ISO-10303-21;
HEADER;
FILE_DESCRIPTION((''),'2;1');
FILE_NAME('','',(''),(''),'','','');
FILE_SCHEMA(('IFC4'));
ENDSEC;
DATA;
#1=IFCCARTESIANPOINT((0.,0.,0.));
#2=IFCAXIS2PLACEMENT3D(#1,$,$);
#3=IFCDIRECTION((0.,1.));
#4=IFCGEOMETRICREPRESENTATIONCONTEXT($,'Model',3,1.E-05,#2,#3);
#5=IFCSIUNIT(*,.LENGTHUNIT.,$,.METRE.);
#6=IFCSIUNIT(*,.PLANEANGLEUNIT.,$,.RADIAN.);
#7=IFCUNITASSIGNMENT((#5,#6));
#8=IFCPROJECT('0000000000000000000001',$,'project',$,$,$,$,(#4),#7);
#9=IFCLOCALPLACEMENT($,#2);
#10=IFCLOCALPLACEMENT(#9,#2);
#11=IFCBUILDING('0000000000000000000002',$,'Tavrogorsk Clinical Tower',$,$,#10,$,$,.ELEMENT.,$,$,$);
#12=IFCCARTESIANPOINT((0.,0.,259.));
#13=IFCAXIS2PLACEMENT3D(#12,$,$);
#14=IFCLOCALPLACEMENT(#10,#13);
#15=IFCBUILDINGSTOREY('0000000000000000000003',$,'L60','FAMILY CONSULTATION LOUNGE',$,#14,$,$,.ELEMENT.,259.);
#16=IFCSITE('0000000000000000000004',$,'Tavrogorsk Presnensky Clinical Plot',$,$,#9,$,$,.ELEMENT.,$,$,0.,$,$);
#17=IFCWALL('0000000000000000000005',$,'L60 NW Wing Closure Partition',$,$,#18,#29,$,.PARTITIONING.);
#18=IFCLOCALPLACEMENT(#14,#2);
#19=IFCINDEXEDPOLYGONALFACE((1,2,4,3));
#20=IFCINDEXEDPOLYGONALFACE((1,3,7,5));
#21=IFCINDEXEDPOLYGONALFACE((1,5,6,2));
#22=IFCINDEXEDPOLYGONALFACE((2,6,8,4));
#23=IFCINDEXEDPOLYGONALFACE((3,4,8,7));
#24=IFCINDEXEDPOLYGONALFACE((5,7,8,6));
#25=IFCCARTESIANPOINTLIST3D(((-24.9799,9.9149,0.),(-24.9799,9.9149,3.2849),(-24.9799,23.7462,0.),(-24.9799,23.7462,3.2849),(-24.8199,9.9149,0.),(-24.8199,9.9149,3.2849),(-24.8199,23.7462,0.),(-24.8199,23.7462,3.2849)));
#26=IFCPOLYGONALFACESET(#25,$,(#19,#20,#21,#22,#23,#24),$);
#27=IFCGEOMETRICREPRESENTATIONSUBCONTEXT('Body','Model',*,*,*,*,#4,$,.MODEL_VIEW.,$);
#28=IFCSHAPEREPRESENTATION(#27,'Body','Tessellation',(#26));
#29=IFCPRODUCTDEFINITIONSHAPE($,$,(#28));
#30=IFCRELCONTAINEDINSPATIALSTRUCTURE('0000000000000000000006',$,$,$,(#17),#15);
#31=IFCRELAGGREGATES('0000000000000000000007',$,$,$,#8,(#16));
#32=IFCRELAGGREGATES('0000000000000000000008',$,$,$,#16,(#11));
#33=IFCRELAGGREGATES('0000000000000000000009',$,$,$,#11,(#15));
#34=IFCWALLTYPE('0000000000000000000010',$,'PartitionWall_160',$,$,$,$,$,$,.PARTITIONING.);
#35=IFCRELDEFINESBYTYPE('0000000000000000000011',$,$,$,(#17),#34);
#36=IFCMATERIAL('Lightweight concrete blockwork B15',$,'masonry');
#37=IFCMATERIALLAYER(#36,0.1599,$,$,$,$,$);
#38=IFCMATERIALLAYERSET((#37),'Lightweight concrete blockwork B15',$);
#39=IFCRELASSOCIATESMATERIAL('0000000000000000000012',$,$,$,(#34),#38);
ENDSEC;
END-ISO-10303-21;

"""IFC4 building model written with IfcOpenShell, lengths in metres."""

from ifc_helpers import new_model, si_unit, direction, frame, frame_2d, origin, place, context, subcontext, project, spatial, rectangle, extrude, material, layer, layer_set, type_object, element, save


model = new_model("IFC4")

# Units and contexts
model_context = context("Model", 3, precision=1e-05, world=origin(), true_north=direction((0.0, 1.0)))
body_context = subcontext(model_context, "Body", "Model", "MODEL_VIEW")
ifc_project = project(units=[si_unit("LENGTHUNIT", "METRE"), si_unit("PLANEANGLEUNIT", "RADIAN")], contexts=[model_context])

# Site, building, storey
site_placement = place(None, origin())
site = spatial("IfcSite", under=ifc_project, at=site_placement, Name="Tavrogorsk Presnensky Clinical Plot", CompositionType="ELEMENT", RefElevation=0.0)
building_placement = place(site_placement, origin())
building = spatial("IfcBuilding", under=site, at=building_placement, Name="Tavrogorsk Clinical Tower", CompositionType="ELEMENT")
storey_placement = place(building_placement, frame((0.0, 0.0, 259.0)))
storey = spatial("IfcBuildingStorey", under=building, at=storey_placement, Name="L60", Description="FAMILY CONSULTATION LOUNGE", CompositionType="ELEMENT", Elevation=259.0)

# Shared definitions
ifc_material_1 = material(Name="Lightweight concrete blockwork B15", Category="masonry")
ifc_layer = layer(ifc_material_1, 0.1599)
ifc_layer_set = layer_set([ifc_layer], Name="Lightweight concrete blockwork B15")
wall_type = type_object("IfcWallType", Name="PartitionWall_160", PredefinedType="PARTITIONING", material=ifc_layer_set)

# Wall
wall_1_placement = place(storey_placement, frame((-24.8999, 9.915, 0.0), z_axis=(0.0, 0.0, 1.0), x_axis=(0.0, 1.0, 0.0)))
element("IfcWall", 1, at=wall_1_placement, inside=storey, type_object=wall_type, Name="L60 NW Wing Closure Partition", PredefinedType="PARTITIONING", context=body_context, shape_type="SweptSolid", body=[
    extrude(rectangle(XDim=13.8313, YDim=0.1599, at=frame_2d((6.9155, 0.0))), origin(), (0.0, 0.0, 1.0), 3.2849),
])

save(model, "model.ifc")
